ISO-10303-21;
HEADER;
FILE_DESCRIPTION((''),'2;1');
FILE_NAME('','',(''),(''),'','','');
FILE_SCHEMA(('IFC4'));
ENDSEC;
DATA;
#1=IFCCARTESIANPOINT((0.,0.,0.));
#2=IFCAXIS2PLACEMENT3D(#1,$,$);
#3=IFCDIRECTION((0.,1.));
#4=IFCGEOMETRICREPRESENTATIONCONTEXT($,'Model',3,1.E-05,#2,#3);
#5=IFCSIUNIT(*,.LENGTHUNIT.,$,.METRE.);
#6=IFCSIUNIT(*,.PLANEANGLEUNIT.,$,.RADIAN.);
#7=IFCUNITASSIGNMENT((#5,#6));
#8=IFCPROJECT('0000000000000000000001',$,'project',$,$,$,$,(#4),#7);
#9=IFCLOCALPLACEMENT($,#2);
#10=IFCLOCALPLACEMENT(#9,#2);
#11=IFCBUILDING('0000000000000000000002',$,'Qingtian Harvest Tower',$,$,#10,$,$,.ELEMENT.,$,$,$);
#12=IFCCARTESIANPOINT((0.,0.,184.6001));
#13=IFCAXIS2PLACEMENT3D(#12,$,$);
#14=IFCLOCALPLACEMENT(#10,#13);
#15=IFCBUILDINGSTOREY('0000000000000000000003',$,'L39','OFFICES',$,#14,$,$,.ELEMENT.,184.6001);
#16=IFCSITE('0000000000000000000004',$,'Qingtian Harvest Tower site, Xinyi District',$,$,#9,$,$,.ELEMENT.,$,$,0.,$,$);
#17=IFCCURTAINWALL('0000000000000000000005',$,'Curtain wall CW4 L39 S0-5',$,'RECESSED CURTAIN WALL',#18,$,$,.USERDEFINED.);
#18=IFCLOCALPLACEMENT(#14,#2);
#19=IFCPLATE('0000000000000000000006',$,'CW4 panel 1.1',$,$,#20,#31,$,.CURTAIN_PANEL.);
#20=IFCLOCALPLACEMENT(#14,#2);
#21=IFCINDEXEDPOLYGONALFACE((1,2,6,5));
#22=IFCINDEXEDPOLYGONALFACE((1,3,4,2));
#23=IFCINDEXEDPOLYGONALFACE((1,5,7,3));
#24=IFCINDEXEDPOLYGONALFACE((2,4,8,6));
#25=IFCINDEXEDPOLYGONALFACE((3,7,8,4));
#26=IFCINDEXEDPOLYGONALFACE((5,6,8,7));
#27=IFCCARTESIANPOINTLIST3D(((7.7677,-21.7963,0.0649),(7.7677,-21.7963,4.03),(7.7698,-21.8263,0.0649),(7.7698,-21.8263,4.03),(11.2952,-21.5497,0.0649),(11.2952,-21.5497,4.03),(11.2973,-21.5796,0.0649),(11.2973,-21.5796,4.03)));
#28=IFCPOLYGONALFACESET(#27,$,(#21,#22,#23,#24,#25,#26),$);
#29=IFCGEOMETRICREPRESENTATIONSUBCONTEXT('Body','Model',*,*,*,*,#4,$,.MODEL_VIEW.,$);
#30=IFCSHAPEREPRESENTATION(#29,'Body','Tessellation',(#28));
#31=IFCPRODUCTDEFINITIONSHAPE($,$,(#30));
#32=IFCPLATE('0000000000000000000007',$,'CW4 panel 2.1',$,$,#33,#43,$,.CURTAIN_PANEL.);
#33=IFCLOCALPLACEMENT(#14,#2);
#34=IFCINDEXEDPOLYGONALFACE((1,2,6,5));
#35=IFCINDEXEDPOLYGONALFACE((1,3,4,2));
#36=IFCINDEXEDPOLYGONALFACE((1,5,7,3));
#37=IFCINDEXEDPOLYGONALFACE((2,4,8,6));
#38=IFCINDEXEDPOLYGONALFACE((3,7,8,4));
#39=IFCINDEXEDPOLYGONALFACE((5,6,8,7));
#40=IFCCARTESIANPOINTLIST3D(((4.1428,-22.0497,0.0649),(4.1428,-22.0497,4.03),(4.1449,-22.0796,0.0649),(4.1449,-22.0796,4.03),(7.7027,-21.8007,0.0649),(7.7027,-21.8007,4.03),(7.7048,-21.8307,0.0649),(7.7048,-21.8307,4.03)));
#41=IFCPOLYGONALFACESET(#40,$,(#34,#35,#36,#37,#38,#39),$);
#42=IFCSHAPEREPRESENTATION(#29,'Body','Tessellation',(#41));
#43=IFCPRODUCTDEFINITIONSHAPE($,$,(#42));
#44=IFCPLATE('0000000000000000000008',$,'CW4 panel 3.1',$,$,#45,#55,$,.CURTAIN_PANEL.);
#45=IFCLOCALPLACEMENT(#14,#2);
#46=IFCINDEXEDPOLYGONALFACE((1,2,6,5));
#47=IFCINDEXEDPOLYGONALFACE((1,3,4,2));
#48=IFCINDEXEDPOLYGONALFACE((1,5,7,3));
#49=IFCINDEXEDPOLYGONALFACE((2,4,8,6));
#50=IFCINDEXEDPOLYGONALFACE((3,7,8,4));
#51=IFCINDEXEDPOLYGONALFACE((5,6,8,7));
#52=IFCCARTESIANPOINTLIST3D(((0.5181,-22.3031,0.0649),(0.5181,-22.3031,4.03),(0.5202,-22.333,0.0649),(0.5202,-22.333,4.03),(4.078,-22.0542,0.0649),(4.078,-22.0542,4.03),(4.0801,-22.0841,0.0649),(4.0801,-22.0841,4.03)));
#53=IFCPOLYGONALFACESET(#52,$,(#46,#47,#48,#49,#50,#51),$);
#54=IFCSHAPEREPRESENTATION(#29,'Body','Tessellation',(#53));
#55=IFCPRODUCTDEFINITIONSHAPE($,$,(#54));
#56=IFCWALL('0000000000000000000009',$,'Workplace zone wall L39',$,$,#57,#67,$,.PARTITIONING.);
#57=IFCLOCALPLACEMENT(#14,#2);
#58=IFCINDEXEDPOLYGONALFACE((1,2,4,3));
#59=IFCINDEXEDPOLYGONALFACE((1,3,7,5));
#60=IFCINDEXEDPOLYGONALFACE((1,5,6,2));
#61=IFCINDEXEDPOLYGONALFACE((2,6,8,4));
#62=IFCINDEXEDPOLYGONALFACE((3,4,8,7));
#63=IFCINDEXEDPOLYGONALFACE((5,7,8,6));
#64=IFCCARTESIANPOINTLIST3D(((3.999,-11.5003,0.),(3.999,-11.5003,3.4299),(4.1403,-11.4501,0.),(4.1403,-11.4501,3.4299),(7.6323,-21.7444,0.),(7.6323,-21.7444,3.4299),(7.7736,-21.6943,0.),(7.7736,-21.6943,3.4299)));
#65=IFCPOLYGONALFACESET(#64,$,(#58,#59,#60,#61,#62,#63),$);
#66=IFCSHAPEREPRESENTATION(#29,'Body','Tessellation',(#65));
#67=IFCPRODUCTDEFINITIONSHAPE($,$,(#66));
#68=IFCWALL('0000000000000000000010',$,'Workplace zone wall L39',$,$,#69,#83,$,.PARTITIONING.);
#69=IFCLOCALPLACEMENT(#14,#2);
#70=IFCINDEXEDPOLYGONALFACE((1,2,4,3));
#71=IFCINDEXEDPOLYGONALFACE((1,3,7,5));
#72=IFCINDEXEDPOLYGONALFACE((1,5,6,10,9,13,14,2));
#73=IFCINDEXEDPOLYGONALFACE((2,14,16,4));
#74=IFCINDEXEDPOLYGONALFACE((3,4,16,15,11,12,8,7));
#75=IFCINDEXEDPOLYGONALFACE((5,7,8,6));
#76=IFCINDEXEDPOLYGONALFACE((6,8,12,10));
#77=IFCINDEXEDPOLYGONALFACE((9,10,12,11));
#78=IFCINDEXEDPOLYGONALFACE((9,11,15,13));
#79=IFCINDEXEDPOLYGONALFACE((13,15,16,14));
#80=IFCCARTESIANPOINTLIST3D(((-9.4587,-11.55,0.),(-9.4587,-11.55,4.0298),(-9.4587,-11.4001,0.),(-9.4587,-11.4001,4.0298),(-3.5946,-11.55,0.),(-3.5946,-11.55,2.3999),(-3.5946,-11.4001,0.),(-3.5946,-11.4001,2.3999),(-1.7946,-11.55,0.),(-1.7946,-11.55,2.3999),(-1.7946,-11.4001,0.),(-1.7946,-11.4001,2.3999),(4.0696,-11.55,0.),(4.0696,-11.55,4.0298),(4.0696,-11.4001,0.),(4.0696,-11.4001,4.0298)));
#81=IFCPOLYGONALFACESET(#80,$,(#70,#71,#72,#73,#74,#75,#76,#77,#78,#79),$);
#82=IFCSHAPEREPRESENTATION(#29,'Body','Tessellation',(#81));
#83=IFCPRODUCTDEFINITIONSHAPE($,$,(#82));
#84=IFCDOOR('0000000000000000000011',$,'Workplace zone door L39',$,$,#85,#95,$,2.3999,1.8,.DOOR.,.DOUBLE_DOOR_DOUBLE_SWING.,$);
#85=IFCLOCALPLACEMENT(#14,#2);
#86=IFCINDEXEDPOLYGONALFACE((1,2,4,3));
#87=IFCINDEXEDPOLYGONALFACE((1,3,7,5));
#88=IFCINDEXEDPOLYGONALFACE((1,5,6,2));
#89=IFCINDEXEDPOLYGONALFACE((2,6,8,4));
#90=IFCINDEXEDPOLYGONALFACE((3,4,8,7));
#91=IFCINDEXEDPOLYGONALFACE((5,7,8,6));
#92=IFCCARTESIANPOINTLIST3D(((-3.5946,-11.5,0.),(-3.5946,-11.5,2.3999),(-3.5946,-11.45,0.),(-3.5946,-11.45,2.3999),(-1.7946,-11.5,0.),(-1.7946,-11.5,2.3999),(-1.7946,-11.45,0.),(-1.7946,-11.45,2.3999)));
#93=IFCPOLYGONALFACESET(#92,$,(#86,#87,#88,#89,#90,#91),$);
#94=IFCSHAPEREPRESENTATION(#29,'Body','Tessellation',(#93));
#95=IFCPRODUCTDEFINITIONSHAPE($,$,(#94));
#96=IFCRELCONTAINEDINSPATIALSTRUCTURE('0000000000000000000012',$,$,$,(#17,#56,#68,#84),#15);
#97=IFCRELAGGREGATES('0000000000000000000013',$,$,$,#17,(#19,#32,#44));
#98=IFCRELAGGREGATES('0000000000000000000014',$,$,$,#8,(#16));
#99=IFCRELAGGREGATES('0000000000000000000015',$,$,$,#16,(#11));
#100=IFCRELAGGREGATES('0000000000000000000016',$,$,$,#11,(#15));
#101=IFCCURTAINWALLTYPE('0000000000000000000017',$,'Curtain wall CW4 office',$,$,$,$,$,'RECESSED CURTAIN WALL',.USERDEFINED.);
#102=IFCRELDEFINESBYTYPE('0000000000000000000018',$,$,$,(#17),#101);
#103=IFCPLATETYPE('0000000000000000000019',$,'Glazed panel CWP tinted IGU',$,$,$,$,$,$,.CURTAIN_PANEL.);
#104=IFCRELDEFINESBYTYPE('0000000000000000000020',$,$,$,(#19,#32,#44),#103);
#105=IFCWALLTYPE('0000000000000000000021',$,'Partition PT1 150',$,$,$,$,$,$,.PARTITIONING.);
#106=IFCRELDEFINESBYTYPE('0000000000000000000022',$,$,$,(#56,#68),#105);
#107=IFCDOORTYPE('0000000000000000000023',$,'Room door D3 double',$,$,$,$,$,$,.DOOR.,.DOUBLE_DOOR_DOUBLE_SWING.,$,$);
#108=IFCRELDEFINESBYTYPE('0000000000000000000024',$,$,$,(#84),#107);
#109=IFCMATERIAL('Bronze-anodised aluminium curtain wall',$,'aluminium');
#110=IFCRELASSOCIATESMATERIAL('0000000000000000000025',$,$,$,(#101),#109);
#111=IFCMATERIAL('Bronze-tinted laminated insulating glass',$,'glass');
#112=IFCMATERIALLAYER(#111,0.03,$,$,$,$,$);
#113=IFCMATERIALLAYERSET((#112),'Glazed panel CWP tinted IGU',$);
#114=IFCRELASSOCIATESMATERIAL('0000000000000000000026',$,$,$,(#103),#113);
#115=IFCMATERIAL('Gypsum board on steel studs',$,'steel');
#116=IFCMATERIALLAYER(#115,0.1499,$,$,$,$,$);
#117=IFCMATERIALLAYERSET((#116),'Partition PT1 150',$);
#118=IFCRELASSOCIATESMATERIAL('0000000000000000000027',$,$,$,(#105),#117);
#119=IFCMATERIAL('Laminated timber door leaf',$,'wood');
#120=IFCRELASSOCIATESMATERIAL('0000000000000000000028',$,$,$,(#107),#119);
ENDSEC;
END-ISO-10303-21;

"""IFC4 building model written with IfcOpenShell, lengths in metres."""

from ifc_helpers import new_model, si_unit, direction, frame, frame_2d, origin, origin_2d, place, context, subcontext, project, spatial, rectangle, extrude, material, layer, layer_set, type_object, element, fill, aggregate, save


model = new_model("IFC4")

# Units and contexts
model_context = context("Model", 3, precision=1e-05, world=origin(), true_north=direction((0.0, 1.0)))
body_context = subcontext(model_context, "Body", "Model", "MODEL_VIEW")
ifc_project = project(units=[si_unit("LENGTHUNIT", "METRE"), si_unit("PLANEANGLEUNIT", "RADIAN")], contexts=[model_context])

# Site, building, storey
site_placement = place(None, origin())
site = spatial("IfcSite", under=ifc_project, at=site_placement, Name="Qingtian Harvest Tower site, Xinyi District", CompositionType="ELEMENT", RefElevation=0.0)
building_placement = place(site_placement, origin())
building = spatial("IfcBuilding", under=site, at=building_placement, Name="Qingtian Harvest Tower", CompositionType="ELEMENT")
storey_placement = place(building_placement, frame((0.0, 0.0, 184.6001)))
storey = spatial("IfcBuildingStorey", under=building, at=storey_placement, Name="L39", Description="OFFICES", CompositionType="ELEMENT", Elevation=184.6001)

# Shared definitions
ifc_material_1 = material(Name="Bronze-anodised aluminium curtain wall", Category="aluminium")
curtain_wall_type = type_object("IfcCurtainWallType", Name="Curtain wall CW4 office", ElementType="RECESSED CURTAIN WALL", PredefinedType="USERDEFINED", material=ifc_material_1)

# Curtain wall
curtain_wall_1_placement = place(storey_placement, origin())
curtain_wall_1 = element("IfcCurtainWall", 1, at=curtain_wall_1_placement, inside=storey, type_object=curtain_wall_type, Name="Curtain wall CW4 L39 S0-5", ObjectType="RECESSED CURTAIN WALL", PredefinedType="USERDEFINED")

# Plates
ifc_material_2 = material(Name="Bronze-tinted laminated insulating glass", Category="glass")
ifc_layer_1 = layer(ifc_material_2, 0.03)
ifc_layer_set_1 = layer_set([ifc_layer_1], Name="Glazed panel CWP tinted IGU")
plate_type = type_object("IfcPlateType", Name="Glazed panel CWP tinted IGU", PredefinedType="CURTAIN_PANEL", material=ifc_layer_set_1)
plate_1_placement = place(storey_placement, frame((9.5325, -21.688, 0.0649), z_axis=(0.0, 0.0, 1.0), x_axis=(-0.997564, -0.069756, 0.0)))
plate_1 = element("IfcPlate", 2, at=plate_1_placement, type_object=plate_type, Name="CW4 panel 1.1", PredefinedType="CURTAIN_PANEL", context=body_context, shape_type="SweptSolid", body=[
    extrude(rectangle(XDim=3.5361, YDim=0.03, at=origin_2d()), origin(), (0.0, 0.0, 1.0), 3.9651),
])
plate_2_placement = place(storey_placement, frame((5.9238, -21.9402, 0.0649), z_axis=(0.0, 0.0, 1.0), x_axis=(-0.997564, -0.069756, 0.0)))
plate_2 = element("IfcPlate", 3, at=plate_2_placement, type_object=plate_type, Name="CW4 panel 2.1", PredefinedType="CURTAIN_PANEL", context=body_context, shape_type="SweptSolid", body=[
    extrude(rectangle(XDim=3.5686, YDim=0.03, at=origin_2d()), origin(), (0.0, 0.0, 1.0), 3.9651),
])
plate_3_placement = place(storey_placement, frame((2.2991, -22.1936, 0.0649), z_axis=(0.0, 0.0, 1.0), x_axis=(-0.997564, -0.069756, 0.0)))
plate_3 = element("IfcPlate", 4, at=plate_3_placement, type_object=plate_type, Name="CW4 panel 3.1", PredefinedType="CURTAIN_PANEL", context=body_context, shape_type="SweptSolid", body=[
    extrude(rectangle(XDim=3.5686, YDim=0.03, at=origin_2d()), origin(), (0.0, 0.0, 1.0), 3.9651),
])
aggregate(curtain_wall_1, [plate_1, plate_2, plate_3])

# Wall
ifc_material_3 = material(Name="Gypsum board on steel studs", Category="steel")
ifc_layer_2 = layer(ifc_material_3, 0.1499)
ifc_layer_set_2 = layer_set([ifc_layer_2], Name="Partition PT1 150")
wall_type = type_object("IfcWallType", Name="Partition PT1 150", PredefinedType="PARTITIONING", material=ifc_layer_set_2)
wall_1_placement = place(storey_placement, frame((7.7029, -21.7192, 0.0), z_axis=(0.0, 0.0, 1.0), x_axis=(-0.33427, 0.942478, 0.0)))
element("IfcWall", 5, at=wall_1_placement, inside=storey, type_object=wall_type, Name="Workplace zone wall L39", PredefinedType="PARTITIONING", context=body_context, shape_type="SweptSolid", body=[
    extrude(rectangle(XDim=10.8694, YDim=0.1499, at=frame_2d((5.4346, 0.0))), origin(), (0.0, 0.0, 1.0), 3.4299),
])

# Wall, opening, door
wall_2_placement = place(storey_placement, frame((4.0696, -11.4751, 0.0), z_axis=(0.0, 0.0, 1.0), x_axis=(-1.0, 0.0, 0.0)))
wall_2 = element("IfcWall", 6, at=wall_2_placement, inside=storey, type_object=wall_type, Name="Workplace zone wall L39", PredefinedType="PARTITIONING", context=body_context, shape_type="SweptSolid", body=[
    extrude(rectangle(XDim=13.5283, YDim=0.1499, at=frame_2d((6.7642, 0.0))), origin(), (0.0, 0.0, 1.0), 4.0298),
])
opening_placement = place(wall_2_placement, frame((5.8643, 0.0, 0.0)))
opening = element("IfcOpeningElement", 7, at=opening_placement, cuts=wall_2, PredefinedType="OPENING", context=body_context, shape_type="SweptSolid", body=[
    extrude(rectangle(XDim=1.8, YDim=2.3999, at=frame_2d((0.8999, 1.2))), frame((0.0, 0.085, 0.0), z_axis=(0.0, -1.0, 0.0), x_axis=(1.0, 0.0, 0.0)), (0.0, 0.0, 1.0), 0.1699),
])
ifc_material_4 = material(Name="Laminated timber door leaf", Category="wood")
door_type = type_object("IfcDoorType", Name="Room door D3 double", OperationType="DOUBLE_DOOR_DOUBLE_SWING", PredefinedType="DOOR", material=ifc_material_4)
door_placement = place(opening_placement, origin())
door = element("IfcDoor", 8, at=door_placement, inside=storey, type_object=door_type, Name="Workplace zone door L39", OperationType="DOUBLE_DOOR_DOUBLE_SWING", OverallHeight=2.3999, OverallWidth=1.8, PredefinedType="DOOR", context=body_context, shape_type="SweptSolid", body=[
    extrude(rectangle(XDim=1.8, YDim=2.3999, at=frame_2d((0.8999, 1.2))), frame((0.0, 0.0249, 0.0), z_axis=(0.0, -1.0, 0.0), x_axis=(1.0, 0.0, 0.0)), (0.0, 0.0, 1.0), 0.05),
])
fill(opening, door)

save(model, "model.ifc")
